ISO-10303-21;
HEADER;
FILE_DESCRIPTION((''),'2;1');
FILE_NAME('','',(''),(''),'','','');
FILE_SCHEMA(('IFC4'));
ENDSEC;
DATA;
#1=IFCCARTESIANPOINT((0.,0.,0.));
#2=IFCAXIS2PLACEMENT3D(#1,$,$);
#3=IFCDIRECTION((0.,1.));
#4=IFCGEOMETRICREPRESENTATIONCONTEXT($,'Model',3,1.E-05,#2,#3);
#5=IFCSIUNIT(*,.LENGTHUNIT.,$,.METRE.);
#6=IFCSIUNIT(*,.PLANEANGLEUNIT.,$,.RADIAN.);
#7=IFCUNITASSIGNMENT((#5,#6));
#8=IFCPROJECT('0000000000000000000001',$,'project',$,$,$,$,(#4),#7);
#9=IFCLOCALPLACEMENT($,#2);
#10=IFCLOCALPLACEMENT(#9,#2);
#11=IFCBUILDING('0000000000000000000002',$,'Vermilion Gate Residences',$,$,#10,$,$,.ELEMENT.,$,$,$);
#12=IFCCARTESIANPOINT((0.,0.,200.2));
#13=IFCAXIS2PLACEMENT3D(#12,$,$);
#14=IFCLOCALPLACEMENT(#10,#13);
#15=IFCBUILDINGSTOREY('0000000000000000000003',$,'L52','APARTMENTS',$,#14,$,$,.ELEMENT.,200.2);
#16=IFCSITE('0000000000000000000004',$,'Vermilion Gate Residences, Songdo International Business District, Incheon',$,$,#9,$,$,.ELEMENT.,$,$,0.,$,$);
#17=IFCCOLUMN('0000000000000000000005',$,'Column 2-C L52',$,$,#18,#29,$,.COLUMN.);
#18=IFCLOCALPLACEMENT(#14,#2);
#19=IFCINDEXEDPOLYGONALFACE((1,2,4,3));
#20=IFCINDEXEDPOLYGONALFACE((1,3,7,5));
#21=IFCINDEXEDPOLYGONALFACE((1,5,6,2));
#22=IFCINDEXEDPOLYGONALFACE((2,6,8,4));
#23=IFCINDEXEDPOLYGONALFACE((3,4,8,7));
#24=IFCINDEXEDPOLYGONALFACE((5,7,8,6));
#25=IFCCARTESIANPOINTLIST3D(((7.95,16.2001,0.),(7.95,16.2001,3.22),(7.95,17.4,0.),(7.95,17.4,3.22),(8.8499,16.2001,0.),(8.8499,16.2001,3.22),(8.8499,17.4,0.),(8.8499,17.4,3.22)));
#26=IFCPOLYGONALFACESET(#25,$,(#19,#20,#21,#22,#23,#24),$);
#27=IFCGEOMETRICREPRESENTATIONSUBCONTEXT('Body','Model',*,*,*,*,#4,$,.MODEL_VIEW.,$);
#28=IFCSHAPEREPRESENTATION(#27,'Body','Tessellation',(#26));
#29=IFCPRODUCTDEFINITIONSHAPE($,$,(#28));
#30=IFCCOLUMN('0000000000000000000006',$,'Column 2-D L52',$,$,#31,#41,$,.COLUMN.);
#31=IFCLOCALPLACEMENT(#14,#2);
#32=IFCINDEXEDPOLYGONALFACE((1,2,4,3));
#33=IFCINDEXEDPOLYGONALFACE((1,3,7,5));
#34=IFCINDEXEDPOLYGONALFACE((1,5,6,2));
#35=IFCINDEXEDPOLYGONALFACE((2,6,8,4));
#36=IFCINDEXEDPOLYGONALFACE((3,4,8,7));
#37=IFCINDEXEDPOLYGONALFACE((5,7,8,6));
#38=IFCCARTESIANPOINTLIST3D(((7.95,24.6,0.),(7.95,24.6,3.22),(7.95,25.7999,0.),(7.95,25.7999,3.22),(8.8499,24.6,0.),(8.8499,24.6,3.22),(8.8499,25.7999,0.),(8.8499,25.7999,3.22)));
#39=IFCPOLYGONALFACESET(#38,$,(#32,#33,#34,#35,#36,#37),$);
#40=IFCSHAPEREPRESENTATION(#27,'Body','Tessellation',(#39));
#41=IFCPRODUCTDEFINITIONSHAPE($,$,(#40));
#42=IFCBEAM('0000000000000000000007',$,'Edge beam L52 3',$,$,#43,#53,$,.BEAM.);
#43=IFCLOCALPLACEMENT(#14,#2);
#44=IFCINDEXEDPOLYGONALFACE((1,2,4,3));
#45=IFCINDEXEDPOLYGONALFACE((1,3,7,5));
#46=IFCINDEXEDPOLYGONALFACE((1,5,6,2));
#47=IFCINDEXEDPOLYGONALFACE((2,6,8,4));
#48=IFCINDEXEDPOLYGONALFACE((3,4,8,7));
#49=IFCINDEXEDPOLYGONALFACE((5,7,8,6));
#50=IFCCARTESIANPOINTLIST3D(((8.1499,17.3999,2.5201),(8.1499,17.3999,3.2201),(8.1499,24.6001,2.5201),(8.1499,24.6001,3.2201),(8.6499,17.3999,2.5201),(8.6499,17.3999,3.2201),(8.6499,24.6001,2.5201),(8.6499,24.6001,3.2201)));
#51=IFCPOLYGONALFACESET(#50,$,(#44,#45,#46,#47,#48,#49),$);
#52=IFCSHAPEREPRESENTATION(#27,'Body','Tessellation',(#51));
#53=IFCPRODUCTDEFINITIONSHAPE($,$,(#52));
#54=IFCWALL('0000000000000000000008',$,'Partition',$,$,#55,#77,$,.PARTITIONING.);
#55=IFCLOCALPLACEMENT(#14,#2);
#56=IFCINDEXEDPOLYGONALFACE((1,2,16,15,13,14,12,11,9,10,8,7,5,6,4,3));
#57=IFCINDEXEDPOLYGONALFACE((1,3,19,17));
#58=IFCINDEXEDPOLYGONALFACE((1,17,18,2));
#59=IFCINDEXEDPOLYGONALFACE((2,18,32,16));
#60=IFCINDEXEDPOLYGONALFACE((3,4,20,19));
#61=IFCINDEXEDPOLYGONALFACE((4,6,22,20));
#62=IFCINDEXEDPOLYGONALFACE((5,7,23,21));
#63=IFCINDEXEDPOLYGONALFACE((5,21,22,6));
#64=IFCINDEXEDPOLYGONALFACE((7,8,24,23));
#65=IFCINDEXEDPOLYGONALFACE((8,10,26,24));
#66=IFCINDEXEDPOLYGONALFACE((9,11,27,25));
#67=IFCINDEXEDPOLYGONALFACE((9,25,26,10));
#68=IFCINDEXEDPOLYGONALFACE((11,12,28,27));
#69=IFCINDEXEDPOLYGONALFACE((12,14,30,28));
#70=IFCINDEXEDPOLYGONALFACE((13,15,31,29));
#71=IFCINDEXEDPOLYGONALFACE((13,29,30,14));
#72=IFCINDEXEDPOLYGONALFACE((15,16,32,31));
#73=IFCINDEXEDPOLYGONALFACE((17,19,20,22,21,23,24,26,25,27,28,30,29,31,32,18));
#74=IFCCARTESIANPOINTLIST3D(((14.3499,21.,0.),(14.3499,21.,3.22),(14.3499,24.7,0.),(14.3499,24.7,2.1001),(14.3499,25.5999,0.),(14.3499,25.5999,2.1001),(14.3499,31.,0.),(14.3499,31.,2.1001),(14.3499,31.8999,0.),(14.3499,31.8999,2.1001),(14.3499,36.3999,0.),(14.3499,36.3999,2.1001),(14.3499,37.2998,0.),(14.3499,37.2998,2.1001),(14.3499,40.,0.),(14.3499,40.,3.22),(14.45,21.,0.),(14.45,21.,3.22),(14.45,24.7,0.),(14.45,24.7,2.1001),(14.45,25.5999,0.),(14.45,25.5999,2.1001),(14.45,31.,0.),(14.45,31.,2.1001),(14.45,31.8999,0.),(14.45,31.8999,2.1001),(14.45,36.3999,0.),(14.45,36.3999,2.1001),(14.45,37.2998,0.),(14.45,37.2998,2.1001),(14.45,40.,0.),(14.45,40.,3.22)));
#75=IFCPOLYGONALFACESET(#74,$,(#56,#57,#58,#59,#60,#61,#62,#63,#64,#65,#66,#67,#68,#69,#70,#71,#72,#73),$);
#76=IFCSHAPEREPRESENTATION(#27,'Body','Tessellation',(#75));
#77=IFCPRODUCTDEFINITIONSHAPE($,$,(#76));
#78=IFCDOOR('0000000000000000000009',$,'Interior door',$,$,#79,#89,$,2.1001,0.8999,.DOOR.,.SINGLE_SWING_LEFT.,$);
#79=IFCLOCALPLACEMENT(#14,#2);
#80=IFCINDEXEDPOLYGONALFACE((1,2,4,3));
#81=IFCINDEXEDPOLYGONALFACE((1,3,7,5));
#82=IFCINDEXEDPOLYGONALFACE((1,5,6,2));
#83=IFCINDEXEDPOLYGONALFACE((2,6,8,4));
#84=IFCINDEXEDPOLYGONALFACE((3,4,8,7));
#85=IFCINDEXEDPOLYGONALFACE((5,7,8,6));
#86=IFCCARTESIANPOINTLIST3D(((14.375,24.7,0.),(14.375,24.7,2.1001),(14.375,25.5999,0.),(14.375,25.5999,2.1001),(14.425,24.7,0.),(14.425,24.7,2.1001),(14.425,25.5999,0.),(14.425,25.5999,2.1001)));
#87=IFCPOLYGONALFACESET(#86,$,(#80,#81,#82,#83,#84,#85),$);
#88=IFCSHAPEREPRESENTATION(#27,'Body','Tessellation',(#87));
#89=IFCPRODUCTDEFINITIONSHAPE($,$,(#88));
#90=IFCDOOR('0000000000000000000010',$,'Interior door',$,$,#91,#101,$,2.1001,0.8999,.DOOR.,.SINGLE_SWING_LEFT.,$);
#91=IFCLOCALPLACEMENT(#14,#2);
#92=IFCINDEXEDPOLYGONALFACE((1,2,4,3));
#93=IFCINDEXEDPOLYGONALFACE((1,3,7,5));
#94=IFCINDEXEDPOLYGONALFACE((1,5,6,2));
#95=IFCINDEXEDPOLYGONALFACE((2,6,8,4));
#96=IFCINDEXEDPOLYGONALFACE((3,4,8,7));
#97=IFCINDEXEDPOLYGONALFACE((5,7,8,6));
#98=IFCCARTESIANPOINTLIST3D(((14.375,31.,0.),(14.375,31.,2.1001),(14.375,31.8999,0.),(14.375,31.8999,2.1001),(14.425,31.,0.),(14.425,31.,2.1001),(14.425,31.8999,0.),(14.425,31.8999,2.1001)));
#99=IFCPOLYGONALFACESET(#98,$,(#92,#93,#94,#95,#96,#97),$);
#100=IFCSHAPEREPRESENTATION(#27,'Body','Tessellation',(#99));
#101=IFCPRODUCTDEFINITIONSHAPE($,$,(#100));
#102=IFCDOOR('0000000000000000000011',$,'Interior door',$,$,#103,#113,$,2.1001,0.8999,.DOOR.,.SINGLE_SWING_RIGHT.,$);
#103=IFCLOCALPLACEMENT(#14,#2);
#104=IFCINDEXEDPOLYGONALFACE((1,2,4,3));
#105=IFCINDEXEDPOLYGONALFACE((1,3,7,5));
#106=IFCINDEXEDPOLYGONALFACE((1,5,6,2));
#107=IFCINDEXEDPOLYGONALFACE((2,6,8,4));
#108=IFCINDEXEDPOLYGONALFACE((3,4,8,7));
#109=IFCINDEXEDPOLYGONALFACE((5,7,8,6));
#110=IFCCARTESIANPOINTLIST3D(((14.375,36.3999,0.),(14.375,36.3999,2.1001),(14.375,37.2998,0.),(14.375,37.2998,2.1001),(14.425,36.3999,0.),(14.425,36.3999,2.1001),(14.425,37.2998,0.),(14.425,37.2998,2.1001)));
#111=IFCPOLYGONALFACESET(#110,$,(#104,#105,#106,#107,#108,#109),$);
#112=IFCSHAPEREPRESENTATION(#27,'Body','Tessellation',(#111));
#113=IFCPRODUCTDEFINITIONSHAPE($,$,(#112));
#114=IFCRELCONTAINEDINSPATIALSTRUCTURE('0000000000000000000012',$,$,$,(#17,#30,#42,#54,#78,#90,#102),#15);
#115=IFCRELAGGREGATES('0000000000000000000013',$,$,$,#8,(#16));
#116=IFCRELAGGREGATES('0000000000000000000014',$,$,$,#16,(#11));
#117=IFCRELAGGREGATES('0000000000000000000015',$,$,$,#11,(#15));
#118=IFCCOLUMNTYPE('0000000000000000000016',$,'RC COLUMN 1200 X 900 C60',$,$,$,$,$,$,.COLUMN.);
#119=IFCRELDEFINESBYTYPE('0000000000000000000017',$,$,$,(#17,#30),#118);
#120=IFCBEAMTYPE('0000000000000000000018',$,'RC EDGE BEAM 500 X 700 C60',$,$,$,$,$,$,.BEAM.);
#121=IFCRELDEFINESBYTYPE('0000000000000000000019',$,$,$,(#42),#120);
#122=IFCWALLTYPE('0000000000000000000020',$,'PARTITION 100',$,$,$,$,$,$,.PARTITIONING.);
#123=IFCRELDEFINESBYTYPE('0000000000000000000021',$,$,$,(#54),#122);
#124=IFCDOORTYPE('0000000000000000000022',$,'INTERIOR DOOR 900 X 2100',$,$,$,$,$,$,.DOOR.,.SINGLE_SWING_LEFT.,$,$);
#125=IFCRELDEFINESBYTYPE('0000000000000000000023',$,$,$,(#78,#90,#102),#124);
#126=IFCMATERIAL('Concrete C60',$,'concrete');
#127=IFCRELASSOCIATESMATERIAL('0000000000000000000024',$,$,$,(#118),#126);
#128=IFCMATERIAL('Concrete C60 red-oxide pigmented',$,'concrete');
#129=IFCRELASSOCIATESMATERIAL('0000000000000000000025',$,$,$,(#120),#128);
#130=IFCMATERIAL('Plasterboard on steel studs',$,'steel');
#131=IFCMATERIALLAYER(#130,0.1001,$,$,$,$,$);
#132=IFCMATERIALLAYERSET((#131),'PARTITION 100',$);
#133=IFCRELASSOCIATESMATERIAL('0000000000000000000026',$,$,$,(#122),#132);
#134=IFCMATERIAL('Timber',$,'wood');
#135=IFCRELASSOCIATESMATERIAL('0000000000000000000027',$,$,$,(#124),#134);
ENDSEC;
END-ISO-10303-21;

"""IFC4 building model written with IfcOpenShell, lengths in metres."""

from ifc_helpers import new_model, si_unit, direction, frame, frame_2d, origin, origin_2d, place, context, subcontext, project, spatial, rectangle, extrude, material, layer, layer_set, material_profile, profile_set, type_object, element, fill, save


model = new_model("IFC4")

# Units and contexts
model_context = context("Model", 3, precision=1e-05, world=origin(), true_north=direction((0.0, 1.0)))
body_context = subcontext(model_context, "Body", "Model", "MODEL_VIEW")
ifc_project = project(units=[si_unit("LENGTHUNIT", "METRE"), si_unit("PLANEANGLEUNIT", "RADIAN")], contexts=[model_context])

# Site, building, storey
site_placement = place(None, origin())
site = spatial("IfcSite", under=ifc_project, at=site_placement, Name="Vermilion Gate Residences, Songdo International Business District, Incheon", CompositionType="ELEMENT", RefElevation=0.0)
building_placement = place(site_placement, origin())
building = spatial("IfcBuilding", under=site, at=building_placement, Name="Vermilion Gate Residences", CompositionType="ELEMENT")
storey_placement = place(building_placement, frame((0.0, 0.0, 200.2)))
storey = spatial("IfcBuildingStorey", under=building, at=storey_placement, Name="L52", Description="APARTMENTS", CompositionType="ELEMENT", Elevation=200.2)

# Columns
ifc_material_1 = material(Name="Concrete C60", Category="concrete")
ifc_material_profile_1 = material_profile(ifc_material_1, rectangle(XDim=1.2, YDim=0.8999, at=origin_2d()), Name="RC-1200x900")
ifc_profile_set_1 = profile_set([ifc_material_profile_1], Name="Concrete C60")
column_type = type_object("IfcColumnType", Name="RC COLUMN 1200 X 900 C60", PredefinedType="COLUMN", material=ifc_profile_set_1)
for number, where, z_axis, x_axis, name in (
    (1, (8.3999, 16.8, 0.0), (0.0, 0.0, 1.0), (0.0, 1.0, 0.0), "Column 2-C L52"),
    (2, (8.3999, 25.2, 0.0), (0.0, 0.0, 1.0), (0.0, 1.0, 0.0), "Column 2-D L52"),
):
    element("IfcColumn", number, at=place(storey_placement, frame(where, z_axis=z_axis, x_axis=x_axis)), inside=storey, type_object=column_type, Name=name, PredefinedType="COLUMN", context=body_context, shape_type="SweptSolid", body=[
        extrude(rectangle(XDim=1.2, YDim=0.8999, at=origin_2d()), origin(), (0.0, 0.0, 1.0), 3.22),
    ])

# Beam
ifc_material_2 = material(Name="Concrete C60 red-oxide pigmented", Category="concrete")
ifc_material_profile_2 = material_profile(ifc_material_2, rectangle(XDim=0.5, YDim=0.7, at=origin_2d()), Name="RC-500x700")
ifc_profile_set_2 = profile_set([ifc_material_profile_2], Name="Concrete C60 red-oxide pigmented")
beam_type = type_object("IfcBeamType", Name="RC EDGE BEAM 500 X 700 C60", PredefinedType="BEAM", material=ifc_profile_set_2)
beam_placement = place(storey_placement, frame((8.3999, 17.3999, 2.8701), z_axis=(0.0, 1.0, 0.0), x_axis=(-1.0, 0.0, 0.0)))
element("IfcBeam", 3, at=beam_placement, inside=storey, type_object=beam_type, Name="Edge beam L52 3", PredefinedType="BEAM", context=body_context, shape_type="SweptSolid", body=[
    extrude(rectangle(XDim=0.5, YDim=0.7, at=origin_2d()), origin(), (0.0, 0.0, 1.0), 7.2002),
])

# Wall, openings, doors
ifc_material_3 = material(Name="Plasterboard on steel studs", Category="steel")
ifc_layer_1 = layer(ifc_material_3, 0.1001)
ifc_layer_set_1 = layer_set([ifc_layer_1], Name="PARTITION 100")
wall_type_1 = type_object("IfcWallType", Name="PARTITION 100", PredefinedType="PARTITIONING", material=ifc_layer_set_1)
wall_1_placement = place(storey_placement, frame((14.3999, 21.0, 0.0), z_axis=(0.0, 0.0, 1.0), x_axis=(0.0, 1.0, 0.0)))
wall_1 = element("IfcWall", 4, at=wall_1_placement, inside=storey, type_object=wall_type_1, Name="Partition", PredefinedType="PARTITIONING", context=body_context, shape_type="SweptSolid", body=[
    extrude(rectangle(XDim=19.0, YDim=0.1001, at=frame_2d((9.5, 0.0))), origin(), (0.0, 0.0, 1.0), 3.22),
])
opening_1_placement = place(wall_1_placement, frame((3.7, 0.0, 0.0)))
opening_1 = element("IfcOpeningElement", 5, at=opening_1_placement, cuts=wall_1, PredefinedType="OPENING", context=body_context, shape_type="SweptSolid", body=[
    extrude(rectangle(XDim=0.8999, YDim=2.1001, at=frame_2d((0.45, 1.05))), frame((0.0, 0.0601, 0.0), z_axis=(0.0, -1.0, 0.0), x_axis=(1.0, 0.0, 0.0)), (0.0, 0.0, 1.0), 0.1201),
])
opening_2_placement = place(wall_1_placement, frame((10.0, 0.0, 0.0)))
opening_2 = element("IfcOpeningElement", 6, at=opening_2_placement, cuts=wall_1, PredefinedType="OPENING", context=body_context, shape_type="SweptSolid", body=[
    extrude(rectangle(XDim=0.8999, YDim=2.1001, at=frame_2d((0.45, 1.05))), frame((0.0, 0.0601, 0.0), z_axis=(0.0, -1.0, 0.0), x_axis=(1.0, 0.0, 0.0)), (0.0, 0.0, 1.0), 0.1201),
])
opening_3_placement = place(wall_1_placement, frame((15.3999, 0.0, 0.0)))
opening_3 = element("IfcOpeningElement", 7, at=opening_3_placement, cuts=wall_1, PredefinedType="OPENING", context=body_context, shape_type="SweptSolid", body=[
    extrude(rectangle(XDim=0.8999, YDim=2.1001, at=frame_2d((0.45, 1.05))), frame((0.0, 0.0601, 0.0), z_axis=(0.0, -1.0, 0.0), x_axis=(1.0, 0.0, 0.0)), (0.0, 0.0, 1.0), 0.1201),
])
ifc_material_4 = material(Name="Timber", Category="wood")
door_type_1 = type_object("IfcDoorType", Name="INTERIOR DOOR 900 X 2100", OperationType="SINGLE_SWING_LEFT", PredefinedType="DOOR", material=ifc_material_4)
door_1_placement = place(opening_1_placement, origin())
door_1 = element("IfcDoor", 8, at=door_1_placement, inside=storey, type_object=door_type_1, Name="Interior door", OperationType="SINGLE_SWING_LEFT", OverallHeight=2.1001, OverallWidth=0.8999, PredefinedType="DOOR", context=body_context, shape_type="SweptSolid", body=[
    extrude(rectangle(XDim=0.8999, YDim=2.1001, at=frame_2d((0.45, 1.05))), frame((0.0, 0.0249, 0.0), z_axis=(0.0, -1.0, 0.0), x_axis=(1.0, 0.0, 0.0)), (0.0, 0.0, 1.0), 0.05),
])
fill(opening_1, door_1)
door_2_placement = place(opening_2_placement, origin())
door_2 = element("IfcDoor", 9, at=door_2_placement, inside=storey, type_object=door_type_1, Name="Interior door", OperationType="SINGLE_SWING_LEFT", OverallHeight=2.1001, OverallWidth=0.8999, PredefinedType="DOOR", context=body_context, shape_type="SweptSolid", body=[
    extrude(rectangle(XDim=0.8999, YDim=2.1001, at=frame_2d((0.45, 1.05))), frame((0.0, 0.0249, 0.0), z_axis=(0.0, -1.0, 0.0), x_axis=(1.0, 0.0, 0.0)), (0.0, 0.0, 1.0), 0.05),
])
fill(opening_2, door_2)
door_3_placement = place(opening_3_placement, origin())
door_3 = element("IfcDoor", 10, at=door_3_placement, inside=storey, type_object=door_type_1, Name="Interior door", OperationType="SINGLE_SWING_RIGHT", OverallHeight=2.1001, OverallWidth=0.8999, PredefinedType="DOOR", context=body_context, shape_type="SweptSolid", body=[
    extrude(rectangle(XDim=0.8999, YDim=2.1001, at=frame_2d((0.45, 1.05))), frame((0.0, 0.0249, 0.0), z_axis=(0.0, -1.0, 0.0), x_axis=(1.0, 0.0, 0.0)), (0.0, 0.0, 1.0), 0.05),
])
fill(opening_3, door_3)

save(model, "model.ifc")
